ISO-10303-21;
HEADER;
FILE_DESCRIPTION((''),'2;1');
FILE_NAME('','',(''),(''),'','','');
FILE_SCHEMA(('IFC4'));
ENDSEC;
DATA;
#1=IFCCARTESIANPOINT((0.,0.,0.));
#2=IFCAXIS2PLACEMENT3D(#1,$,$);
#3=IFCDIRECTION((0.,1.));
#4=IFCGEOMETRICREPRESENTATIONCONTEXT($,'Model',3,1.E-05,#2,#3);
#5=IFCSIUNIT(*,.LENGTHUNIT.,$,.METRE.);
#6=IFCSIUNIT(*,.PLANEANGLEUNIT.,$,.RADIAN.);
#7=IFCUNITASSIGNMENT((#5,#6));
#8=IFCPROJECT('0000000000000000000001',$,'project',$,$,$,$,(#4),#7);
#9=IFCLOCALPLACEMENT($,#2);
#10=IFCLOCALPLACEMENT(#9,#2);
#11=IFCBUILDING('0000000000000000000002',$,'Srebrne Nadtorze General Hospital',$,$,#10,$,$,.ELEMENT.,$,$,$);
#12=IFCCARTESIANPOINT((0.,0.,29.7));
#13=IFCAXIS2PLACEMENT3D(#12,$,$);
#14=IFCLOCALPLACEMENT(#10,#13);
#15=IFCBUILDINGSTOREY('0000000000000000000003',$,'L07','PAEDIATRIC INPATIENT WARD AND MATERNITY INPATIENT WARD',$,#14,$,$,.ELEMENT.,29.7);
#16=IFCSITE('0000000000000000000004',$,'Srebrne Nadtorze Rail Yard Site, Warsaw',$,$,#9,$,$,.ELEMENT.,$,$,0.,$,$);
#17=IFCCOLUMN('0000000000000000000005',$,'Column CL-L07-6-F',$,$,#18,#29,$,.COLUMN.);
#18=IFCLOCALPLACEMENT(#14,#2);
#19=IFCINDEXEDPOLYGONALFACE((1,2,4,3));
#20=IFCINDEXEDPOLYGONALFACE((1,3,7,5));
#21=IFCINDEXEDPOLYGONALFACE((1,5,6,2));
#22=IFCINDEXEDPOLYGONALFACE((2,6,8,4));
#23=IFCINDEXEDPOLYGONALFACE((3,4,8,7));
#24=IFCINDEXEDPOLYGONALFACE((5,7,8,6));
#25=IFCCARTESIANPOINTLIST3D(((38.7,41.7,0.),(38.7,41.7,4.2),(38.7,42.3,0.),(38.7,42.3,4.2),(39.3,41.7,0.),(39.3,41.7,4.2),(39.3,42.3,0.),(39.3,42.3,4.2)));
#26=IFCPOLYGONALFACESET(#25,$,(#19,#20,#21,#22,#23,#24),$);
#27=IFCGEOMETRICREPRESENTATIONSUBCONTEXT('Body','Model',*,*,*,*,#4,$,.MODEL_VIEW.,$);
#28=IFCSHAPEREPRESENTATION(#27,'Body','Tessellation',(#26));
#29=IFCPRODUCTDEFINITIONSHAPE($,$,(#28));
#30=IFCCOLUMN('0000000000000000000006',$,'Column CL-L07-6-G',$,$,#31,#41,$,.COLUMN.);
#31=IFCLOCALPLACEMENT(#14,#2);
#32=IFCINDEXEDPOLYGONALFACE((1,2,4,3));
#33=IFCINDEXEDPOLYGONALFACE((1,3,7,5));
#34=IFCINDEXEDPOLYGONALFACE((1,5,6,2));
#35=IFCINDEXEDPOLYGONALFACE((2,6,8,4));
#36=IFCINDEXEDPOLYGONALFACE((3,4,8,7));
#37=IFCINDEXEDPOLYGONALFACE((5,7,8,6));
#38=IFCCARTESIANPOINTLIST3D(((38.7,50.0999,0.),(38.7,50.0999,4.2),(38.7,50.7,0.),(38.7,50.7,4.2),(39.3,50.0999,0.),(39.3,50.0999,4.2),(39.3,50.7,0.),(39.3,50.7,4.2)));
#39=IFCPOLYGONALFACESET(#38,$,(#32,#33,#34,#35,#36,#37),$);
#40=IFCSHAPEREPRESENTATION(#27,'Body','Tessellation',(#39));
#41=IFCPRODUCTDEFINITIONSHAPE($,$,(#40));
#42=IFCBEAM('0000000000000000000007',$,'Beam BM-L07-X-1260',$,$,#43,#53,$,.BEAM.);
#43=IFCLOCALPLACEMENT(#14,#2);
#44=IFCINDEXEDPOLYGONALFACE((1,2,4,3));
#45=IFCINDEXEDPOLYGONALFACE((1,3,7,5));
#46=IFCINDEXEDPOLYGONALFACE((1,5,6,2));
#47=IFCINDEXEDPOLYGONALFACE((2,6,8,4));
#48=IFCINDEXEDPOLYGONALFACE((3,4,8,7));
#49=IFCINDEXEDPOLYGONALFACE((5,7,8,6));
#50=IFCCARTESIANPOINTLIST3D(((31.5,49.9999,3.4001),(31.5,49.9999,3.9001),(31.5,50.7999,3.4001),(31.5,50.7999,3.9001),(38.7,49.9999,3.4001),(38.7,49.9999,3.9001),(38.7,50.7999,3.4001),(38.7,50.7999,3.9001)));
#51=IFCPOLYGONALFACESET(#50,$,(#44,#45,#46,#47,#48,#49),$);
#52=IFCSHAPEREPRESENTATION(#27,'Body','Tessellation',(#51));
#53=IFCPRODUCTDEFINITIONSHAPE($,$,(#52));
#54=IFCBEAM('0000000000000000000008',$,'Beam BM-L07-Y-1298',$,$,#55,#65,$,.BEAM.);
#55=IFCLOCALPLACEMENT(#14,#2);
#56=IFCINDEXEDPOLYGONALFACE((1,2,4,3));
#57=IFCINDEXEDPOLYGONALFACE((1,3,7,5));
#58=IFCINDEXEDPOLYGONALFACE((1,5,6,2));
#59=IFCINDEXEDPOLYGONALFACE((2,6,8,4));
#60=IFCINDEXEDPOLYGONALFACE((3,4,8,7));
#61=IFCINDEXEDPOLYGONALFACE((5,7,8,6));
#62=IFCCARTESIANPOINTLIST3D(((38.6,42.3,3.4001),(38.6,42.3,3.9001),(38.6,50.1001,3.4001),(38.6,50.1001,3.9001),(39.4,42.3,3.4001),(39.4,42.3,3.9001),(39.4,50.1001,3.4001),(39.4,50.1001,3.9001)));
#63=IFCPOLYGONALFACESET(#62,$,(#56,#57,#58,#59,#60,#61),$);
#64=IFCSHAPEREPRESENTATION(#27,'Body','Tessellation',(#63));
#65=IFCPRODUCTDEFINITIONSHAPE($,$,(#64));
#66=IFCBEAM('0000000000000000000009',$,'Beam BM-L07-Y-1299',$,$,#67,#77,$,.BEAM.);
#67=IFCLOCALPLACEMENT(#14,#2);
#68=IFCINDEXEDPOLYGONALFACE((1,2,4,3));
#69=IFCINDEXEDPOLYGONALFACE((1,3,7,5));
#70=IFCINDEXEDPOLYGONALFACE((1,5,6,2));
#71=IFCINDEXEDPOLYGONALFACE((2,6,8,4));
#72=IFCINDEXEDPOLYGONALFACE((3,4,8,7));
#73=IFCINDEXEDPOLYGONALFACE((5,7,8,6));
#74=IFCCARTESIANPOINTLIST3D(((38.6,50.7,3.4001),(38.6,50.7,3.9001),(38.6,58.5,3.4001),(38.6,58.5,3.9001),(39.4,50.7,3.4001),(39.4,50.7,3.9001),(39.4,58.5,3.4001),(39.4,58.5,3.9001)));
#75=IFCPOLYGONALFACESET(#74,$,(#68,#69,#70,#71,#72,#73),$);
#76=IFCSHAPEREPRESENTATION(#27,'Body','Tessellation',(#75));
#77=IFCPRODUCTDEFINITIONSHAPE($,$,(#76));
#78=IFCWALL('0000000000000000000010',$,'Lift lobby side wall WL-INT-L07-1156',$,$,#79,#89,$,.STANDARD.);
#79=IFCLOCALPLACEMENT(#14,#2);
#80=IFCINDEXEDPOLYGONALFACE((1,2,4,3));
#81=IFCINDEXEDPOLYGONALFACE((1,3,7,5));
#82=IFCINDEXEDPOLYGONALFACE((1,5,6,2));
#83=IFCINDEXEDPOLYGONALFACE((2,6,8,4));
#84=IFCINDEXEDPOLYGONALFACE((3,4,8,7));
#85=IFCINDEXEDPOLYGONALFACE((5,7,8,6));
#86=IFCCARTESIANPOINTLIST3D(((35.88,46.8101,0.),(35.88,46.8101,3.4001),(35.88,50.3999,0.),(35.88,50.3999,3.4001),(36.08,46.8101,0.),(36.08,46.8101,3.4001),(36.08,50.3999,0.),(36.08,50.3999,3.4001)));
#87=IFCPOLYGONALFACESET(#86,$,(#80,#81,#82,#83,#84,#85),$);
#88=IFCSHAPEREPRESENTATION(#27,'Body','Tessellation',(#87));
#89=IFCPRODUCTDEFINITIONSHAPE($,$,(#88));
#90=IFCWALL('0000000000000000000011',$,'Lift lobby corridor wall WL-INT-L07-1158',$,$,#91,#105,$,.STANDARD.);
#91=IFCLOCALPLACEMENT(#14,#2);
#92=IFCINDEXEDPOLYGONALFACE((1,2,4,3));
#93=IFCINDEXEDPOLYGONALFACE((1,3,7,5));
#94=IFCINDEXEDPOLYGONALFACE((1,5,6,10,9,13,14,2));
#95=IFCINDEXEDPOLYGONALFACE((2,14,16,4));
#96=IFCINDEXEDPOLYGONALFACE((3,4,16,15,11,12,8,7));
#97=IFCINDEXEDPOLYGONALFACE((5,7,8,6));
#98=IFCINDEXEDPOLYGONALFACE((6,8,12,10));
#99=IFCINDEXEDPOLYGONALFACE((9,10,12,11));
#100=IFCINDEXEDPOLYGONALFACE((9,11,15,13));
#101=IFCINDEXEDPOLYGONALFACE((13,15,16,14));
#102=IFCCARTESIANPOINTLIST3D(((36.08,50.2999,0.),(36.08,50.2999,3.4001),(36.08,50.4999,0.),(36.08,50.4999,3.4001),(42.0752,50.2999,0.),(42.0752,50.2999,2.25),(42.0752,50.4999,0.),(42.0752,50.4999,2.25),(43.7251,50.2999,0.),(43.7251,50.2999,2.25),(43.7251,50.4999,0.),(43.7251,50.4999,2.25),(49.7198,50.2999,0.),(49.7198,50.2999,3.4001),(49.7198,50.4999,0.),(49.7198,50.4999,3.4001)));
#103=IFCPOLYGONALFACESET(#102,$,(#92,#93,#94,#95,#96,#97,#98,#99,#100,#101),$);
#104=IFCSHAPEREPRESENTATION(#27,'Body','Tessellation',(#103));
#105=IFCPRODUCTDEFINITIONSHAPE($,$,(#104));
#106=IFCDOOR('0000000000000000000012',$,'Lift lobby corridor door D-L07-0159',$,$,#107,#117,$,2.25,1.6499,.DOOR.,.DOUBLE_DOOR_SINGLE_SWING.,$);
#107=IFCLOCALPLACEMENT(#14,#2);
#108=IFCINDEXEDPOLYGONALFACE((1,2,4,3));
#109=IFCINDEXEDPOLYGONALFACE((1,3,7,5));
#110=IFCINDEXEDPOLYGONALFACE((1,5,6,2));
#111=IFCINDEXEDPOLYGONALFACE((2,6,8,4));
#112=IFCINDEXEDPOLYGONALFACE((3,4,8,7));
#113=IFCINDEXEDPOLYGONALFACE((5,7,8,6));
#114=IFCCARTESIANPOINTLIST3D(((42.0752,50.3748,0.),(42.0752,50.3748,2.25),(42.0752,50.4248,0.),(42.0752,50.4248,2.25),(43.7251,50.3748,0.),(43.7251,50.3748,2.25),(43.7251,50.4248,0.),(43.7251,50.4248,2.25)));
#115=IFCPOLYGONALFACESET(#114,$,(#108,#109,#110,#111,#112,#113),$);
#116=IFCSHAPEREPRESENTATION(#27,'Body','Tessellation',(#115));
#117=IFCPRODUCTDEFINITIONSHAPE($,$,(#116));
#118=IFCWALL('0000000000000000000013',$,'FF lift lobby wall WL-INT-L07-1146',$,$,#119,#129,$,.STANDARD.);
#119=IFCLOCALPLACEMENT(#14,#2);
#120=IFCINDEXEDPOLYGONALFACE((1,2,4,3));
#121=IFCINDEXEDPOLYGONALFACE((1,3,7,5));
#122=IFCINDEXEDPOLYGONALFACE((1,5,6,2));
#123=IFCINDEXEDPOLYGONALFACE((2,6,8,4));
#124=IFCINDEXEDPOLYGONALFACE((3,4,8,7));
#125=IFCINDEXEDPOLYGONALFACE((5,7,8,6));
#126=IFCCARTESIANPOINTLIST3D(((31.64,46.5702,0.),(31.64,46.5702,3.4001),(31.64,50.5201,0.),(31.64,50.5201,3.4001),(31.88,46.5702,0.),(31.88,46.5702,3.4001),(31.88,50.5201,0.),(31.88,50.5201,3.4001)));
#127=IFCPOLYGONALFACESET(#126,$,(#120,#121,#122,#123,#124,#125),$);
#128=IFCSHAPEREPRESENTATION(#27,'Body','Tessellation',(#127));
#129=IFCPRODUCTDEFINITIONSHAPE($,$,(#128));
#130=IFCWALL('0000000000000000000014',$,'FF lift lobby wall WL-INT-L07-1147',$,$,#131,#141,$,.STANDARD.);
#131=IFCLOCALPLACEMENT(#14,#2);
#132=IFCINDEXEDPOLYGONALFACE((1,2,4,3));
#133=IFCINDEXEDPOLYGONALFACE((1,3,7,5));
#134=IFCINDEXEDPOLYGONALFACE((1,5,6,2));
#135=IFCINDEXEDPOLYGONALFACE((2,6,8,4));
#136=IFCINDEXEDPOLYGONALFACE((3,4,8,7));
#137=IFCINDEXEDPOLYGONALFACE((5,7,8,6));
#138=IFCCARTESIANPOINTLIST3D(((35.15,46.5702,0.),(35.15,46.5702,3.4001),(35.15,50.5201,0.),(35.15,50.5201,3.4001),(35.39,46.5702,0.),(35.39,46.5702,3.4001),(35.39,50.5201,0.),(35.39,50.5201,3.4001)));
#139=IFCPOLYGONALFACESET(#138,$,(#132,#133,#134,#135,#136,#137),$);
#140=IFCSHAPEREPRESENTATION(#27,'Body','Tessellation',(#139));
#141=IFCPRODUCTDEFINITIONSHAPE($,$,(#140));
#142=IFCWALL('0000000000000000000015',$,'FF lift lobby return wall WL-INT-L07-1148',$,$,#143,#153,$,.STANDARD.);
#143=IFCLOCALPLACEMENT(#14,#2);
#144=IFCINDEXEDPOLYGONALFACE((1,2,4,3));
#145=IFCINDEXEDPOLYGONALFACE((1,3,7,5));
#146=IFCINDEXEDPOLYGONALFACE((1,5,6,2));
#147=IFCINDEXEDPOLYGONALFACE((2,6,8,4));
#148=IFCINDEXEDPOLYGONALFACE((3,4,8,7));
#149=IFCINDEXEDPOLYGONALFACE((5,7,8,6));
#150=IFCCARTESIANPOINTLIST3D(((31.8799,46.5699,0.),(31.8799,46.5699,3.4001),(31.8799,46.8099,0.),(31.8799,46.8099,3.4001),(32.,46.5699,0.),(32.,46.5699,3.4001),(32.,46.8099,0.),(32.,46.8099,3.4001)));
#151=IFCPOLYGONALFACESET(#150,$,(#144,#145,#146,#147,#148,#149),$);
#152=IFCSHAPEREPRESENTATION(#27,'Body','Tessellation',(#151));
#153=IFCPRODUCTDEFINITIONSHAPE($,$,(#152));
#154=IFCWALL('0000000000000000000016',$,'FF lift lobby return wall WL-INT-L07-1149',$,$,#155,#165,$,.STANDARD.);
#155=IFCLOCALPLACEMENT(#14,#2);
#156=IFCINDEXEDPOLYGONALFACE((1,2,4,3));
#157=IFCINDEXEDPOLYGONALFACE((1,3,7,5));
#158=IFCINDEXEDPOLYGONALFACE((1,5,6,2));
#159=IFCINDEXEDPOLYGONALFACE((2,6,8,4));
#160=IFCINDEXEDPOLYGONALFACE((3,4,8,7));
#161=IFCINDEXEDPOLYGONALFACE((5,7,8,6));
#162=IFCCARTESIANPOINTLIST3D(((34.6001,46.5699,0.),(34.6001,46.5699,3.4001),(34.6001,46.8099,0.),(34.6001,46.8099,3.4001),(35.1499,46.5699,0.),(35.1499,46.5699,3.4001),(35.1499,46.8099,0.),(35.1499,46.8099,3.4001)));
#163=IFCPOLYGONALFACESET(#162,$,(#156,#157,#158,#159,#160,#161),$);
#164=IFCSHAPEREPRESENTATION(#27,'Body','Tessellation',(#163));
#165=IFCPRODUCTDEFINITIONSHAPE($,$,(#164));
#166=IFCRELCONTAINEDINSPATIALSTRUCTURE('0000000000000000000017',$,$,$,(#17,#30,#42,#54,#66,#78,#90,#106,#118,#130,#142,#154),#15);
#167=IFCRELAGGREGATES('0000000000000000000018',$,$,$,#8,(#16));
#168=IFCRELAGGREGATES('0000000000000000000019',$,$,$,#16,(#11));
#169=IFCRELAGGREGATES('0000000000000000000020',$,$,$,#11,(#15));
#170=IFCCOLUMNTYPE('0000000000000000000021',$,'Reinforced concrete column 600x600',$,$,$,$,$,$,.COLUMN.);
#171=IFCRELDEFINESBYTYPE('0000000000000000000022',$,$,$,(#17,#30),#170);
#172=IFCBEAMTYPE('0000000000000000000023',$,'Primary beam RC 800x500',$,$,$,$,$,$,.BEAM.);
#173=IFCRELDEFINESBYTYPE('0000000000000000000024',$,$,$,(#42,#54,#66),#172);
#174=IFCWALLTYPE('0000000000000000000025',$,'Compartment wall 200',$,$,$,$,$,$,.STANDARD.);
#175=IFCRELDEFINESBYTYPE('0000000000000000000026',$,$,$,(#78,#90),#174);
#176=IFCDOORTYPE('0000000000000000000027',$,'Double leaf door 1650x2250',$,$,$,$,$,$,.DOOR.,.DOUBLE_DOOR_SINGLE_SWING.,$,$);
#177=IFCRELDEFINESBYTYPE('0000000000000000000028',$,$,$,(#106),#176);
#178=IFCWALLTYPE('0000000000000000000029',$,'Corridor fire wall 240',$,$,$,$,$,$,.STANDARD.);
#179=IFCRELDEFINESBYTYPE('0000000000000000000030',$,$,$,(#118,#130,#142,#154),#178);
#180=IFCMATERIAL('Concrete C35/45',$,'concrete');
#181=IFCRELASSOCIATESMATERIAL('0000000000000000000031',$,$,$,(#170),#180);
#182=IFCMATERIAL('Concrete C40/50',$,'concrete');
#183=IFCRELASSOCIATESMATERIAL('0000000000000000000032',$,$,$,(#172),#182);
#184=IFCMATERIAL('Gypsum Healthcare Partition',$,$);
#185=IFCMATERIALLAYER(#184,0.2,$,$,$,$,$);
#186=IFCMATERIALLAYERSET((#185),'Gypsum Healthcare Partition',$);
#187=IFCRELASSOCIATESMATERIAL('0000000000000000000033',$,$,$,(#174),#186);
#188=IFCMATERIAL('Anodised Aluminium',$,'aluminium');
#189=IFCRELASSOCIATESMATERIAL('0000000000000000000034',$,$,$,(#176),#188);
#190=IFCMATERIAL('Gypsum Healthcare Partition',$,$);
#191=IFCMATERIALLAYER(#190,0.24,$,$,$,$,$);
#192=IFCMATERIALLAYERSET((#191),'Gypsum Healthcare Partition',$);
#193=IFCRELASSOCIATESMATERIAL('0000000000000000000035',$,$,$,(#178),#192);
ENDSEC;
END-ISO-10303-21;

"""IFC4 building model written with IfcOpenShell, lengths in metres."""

from ifc_helpers import new_model, si_unit, direction, frame, frame_2d, origin, origin_2d, place, context, subcontext, project, spatial, rectangle, extrude, material, layer, layer_set, material_profile, profile_set, type_object, element, fill, save


model = new_model("IFC4")

# Units and contexts
model_context = context("Model", 3, precision=1e-05, world=origin(), true_north=direction((0.0, 1.0)))
body_context = subcontext(model_context, "Body", "Model", "MODEL_VIEW")
ifc_project = project(units=[si_unit("LENGTHUNIT", "METRE"), si_unit("PLANEANGLEUNIT", "RADIAN")], contexts=[model_context])

# Site, building, storey
site_placement = place(None, origin())
site = spatial("IfcSite", under=ifc_project, at=site_placement, Name="Srebrne Nadtorze Rail Yard Site, Warsaw", CompositionType="ELEMENT", RefElevation=0.0)
building_placement = place(site_placement, origin())
building = spatial("IfcBuilding", under=site, at=building_placement, Name="Srebrne Nadtorze General Hospital", CompositionType="ELEMENT")
storey_placement = place(building_placement, frame((0.0, 0.0, 29.7)))
storey = spatial("IfcBuildingStorey", under=building, at=storey_placement, Name="L07", Description="PAEDIATRIC INPATIENT WARD AND MATERNITY INPATIENT WARD", CompositionType="ELEMENT", Elevation=29.7)

# Columns
ifc_material_1 = material(Name="Concrete C35/45", Category="concrete")
ifc_material_profile_1 = material_profile(ifc_material_1, rectangle(XDim=0.6001, YDim=0.6001, at=origin_2d()), Name="RC-COL-600x600")
ifc_profile_set_1 = profile_set([ifc_material_profile_1], Name="Concrete C35/45")
column_type = type_object("IfcColumnType", Name="Reinforced concrete column 600x600", PredefinedType="COLUMN", material=ifc_profile_set_1)
for number, where, z_axis, x_axis, name in (
    (1, (39.0, 42.0, 0.0), (0.0, 0.0, 1.0), (1.0, 0.0, 0.0), "Column CL-L07-6-F"),
    (2, (39.0, 50.3999, 0.0), (0.0, 0.0, 1.0), (1.0, 0.0, 0.0), "Column CL-L07-6-G"),
):
    element("IfcColumn", number, at=place(storey_placement, frame(where, z_axis=z_axis, x_axis=x_axis)), inside=storey, type_object=column_type, Name=name, PredefinedType="COLUMN", context=body_context, shape_type="SweptSolid", body=[
        extrude(rectangle(XDim=0.6001, YDim=0.6001, at=origin_2d()), origin(), (0.0, 0.0, 1.0), 4.2),
    ])

# Beams
ifc_material_2 = material(Name="Concrete C40/50", Category="concrete")
ifc_material_profile_2 = material_profile(ifc_material_2, rectangle(XDim=0.8, YDim=0.5, at=origin_2d()), Name="RC-BM-800x500")
ifc_profile_set_2 = profile_set([ifc_material_profile_2], Name="Concrete C40/50")
beam_type = type_object("IfcBeamType", Name="Primary beam RC 800x500", PredefinedType="BEAM", material=ifc_profile_set_2)
beam_placement = place(storey_placement, frame((31.5, 50.3999, 3.6501), z_axis=(1.0, 0.0, 0.0), x_axis=(0.0, 1.0, 0.0)))
element("IfcBeam", 3, at=beam_placement, inside=storey, type_object=beam_type, Name="Beam BM-L07-X-1260", PredefinedType="BEAM", context=body_context, shape_type="SweptSolid", body=[
    extrude(rectangle(XDim=0.8, YDim=0.5, at=origin_2d()), origin(), (0.0, 0.0, 1.0), 7.2),
])
for number, where, z_axis, x_axis, name in (
    (4, (39.0, 42.3, 3.6501), (0.0, 1.0, 0.0), (-1.0, 0.0, 0.0), "Beam BM-L07-Y-1298"),
    (5, (39.0, 50.7, 3.6501), (0.0, 1.0, 0.0), (-1.0, 0.0, 0.0), "Beam BM-L07-Y-1299"),
):
    element("IfcBeam", number, at=place(storey_placement, frame(where, z_axis=z_axis, x_axis=x_axis)), inside=storey, type_object=beam_type, Name=name, PredefinedType="BEAM", context=body_context, shape_type="SweptSolid", body=[
        extrude(rectangle(XDim=0.8, YDim=0.5, at=origin_2d()), origin(), (0.0, 0.0, 1.0), 7.8),
    ])

# Wall
ifc_material_3 = material(Name="Gypsum Healthcare Partition")
ifc_layer_1 = layer(ifc_material_3, 0.2)
ifc_layer_set_1 = layer_set([ifc_layer_1], Name="Gypsum Healthcare Partition")
wall_type_1 = type_object("IfcWallType", Name="Compartment wall 200", PredefinedType="STANDARD", material=ifc_layer_set_1)
wall_1_placement = place(storey_placement, frame((35.98, 46.8101, 0.0), z_axis=(0.0, 0.0, 1.0), x_axis=(0.0, 1.0, 0.0)))
element("IfcWall", 6, at=wall_1_placement, inside=storey, type_object=wall_type_1, Name="Lift lobby side wall WL-INT-L07-1156", PredefinedType="STANDARD", context=body_context, shape_type="SweptSolid", body=[
    extrude(rectangle(XDim=3.5898, YDim=0.2, at=frame_2d((1.7949, 0.0))), origin(), (0.0, 0.0, 1.0), 3.4001),
])

# Wall, opening, door
wall_2_placement = place(storey_placement, frame((36.0801, 50.3999, 0.0), z_axis=(0.0, 0.0, 1.0), x_axis=(1.0, 0.0, 0.0)))
wall_2 = element("IfcWall", 7, at=wall_2_placement, inside=storey, type_object=wall_type_1, Name="Lift lobby corridor wall WL-INT-L07-1158", PredefinedType="STANDARD", context=body_context, shape_type="SweptSolid", body=[
    extrude(rectangle(XDim=13.6399, YDim=0.2, at=frame_2d((6.8198, 0.0))), origin(), (0.0, 0.0, 1.0), 3.4001),
])
opening_1_placement = place(wall_2_placement, frame((5.9951, 0.0, 0.0)))
opening_1 = element("IfcOpeningElement", 8, at=opening_1_placement, cuts=wall_2, PredefinedType="OPENING", context=body_context, shape_type="SweptSolid", body=[
    extrude(rectangle(XDim=1.6499, YDim=2.25, at=frame_2d((0.825, 1.125))), frame((0.0, 0.1118, 0.0), z_axis=(0.0, -1.0, 0.0), x_axis=(1.0, 0.0, 0.0)), (0.0, 0.0, 1.0), 0.2239),
])
ifc_material_4 = material(Name="Anodised Aluminium", Category="aluminium")
door_type_1 = type_object("IfcDoorType", Name="Double leaf door 1650x2250", OperationType="DOUBLE_DOOR_SINGLE_SWING", PredefinedType="DOOR", material=ifc_material_4)
door_1_placement = place(opening_1_placement, origin())
door_1 = element("IfcDoor", 9, at=door_1_placement, inside=storey, type_object=door_type_1, Name="Lift lobby corridor door D-L07-0159", OperationType="DOUBLE_DOOR_SINGLE_SWING", OverallHeight=2.25, OverallWidth=1.6499, PredefinedType="DOOR", context=body_context, shape_type="SweptSolid", body=[
    extrude(rectangle(XDim=1.6499, YDim=2.25, at=frame_2d((0.825, 1.125))), frame((0.0, 0.0249, 0.0), z_axis=(0.0, -1.0, 0.0), x_axis=(1.0, 0.0, 0.0)), (0.0, 0.0, 1.0), 0.05),
])
fill(opening_1, door_1)

# Walls
ifc_material_5 = material(Name="Gypsum Healthcare Partition")
ifc_layer_2 = layer(ifc_material_5, 0.24)
ifc_layer_set_2 = layer_set([ifc_layer_2], Name="Gypsum Healthcare Partition")
wall_type_2 = type_object("IfcWallType", Name="Corridor fire wall 240", PredefinedType="STANDARD", material=ifc_layer_set_2)
for number, where, z_axis, x_axis, name in (
    (10, (31.76, 46.5701, 0.0), (0.0, 0.0, 1.0), (0.0, 1.0, 0.0), "FF lift lobby wall WL-INT-L07-1146"),
    (11, (35.27, 46.5701, 0.0), (0.0, 0.0, 1.0), (0.0, 1.0, 0.0), "FF lift lobby wall WL-INT-L07-1147"),
):
    element("IfcWall", number, at=place(storey_placement, frame(where, z_axis=z_axis, x_axis=x_axis)), inside=storey, type_object=wall_type_2, Name=name, PredefinedType="STANDARD", context=body_context, shape_type="SweptSolid", body=[
        extrude(rectangle(XDim=3.95, YDim=0.24, at=frame_2d((1.9751, 0.0))), origin(), (0.0, 0.0, 1.0), 3.4001),
    ])
wall_3_placement = place(storey_placement, frame((31.8799, 46.6899, 0.0), z_axis=(0.0, 0.0, 1.0), x_axis=(1.0, 0.0, 0.0)))
element("IfcWall", 12, at=wall_3_placement, inside=storey, type_object=wall_type_2, Name="FF lift lobby return wall WL-INT-L07-1148", PredefinedType="STANDARD", context=body_context, shape_type="SweptSolid", body=[
    extrude(rectangle(XDim=0.1201, YDim=0.24, at=frame_2d((0.0601, 0.0))), origin(), (0.0, 0.0, 1.0), 3.4001),
])
wall_4_placement = place(storey_placement, frame((34.6001, 46.6899, 0.0), z_axis=(0.0, 0.0, 1.0), x_axis=(1.0, 0.0, 0.0)))
element("IfcWall", 13, at=wall_4_placement, inside=storey, type_object=wall_type_2, Name="FF lift lobby return wall WL-INT-L07-1149", PredefinedType="STANDARD", context=body_context, shape_type="SweptSolid", body=[
    extrude(rectangle(XDim=0.5498, YDim=0.24, at=frame_2d((0.2749, 0.0))), origin(), (0.0, 0.0, 1.0), 3.4001),
])

save(model, "model.ifc")
